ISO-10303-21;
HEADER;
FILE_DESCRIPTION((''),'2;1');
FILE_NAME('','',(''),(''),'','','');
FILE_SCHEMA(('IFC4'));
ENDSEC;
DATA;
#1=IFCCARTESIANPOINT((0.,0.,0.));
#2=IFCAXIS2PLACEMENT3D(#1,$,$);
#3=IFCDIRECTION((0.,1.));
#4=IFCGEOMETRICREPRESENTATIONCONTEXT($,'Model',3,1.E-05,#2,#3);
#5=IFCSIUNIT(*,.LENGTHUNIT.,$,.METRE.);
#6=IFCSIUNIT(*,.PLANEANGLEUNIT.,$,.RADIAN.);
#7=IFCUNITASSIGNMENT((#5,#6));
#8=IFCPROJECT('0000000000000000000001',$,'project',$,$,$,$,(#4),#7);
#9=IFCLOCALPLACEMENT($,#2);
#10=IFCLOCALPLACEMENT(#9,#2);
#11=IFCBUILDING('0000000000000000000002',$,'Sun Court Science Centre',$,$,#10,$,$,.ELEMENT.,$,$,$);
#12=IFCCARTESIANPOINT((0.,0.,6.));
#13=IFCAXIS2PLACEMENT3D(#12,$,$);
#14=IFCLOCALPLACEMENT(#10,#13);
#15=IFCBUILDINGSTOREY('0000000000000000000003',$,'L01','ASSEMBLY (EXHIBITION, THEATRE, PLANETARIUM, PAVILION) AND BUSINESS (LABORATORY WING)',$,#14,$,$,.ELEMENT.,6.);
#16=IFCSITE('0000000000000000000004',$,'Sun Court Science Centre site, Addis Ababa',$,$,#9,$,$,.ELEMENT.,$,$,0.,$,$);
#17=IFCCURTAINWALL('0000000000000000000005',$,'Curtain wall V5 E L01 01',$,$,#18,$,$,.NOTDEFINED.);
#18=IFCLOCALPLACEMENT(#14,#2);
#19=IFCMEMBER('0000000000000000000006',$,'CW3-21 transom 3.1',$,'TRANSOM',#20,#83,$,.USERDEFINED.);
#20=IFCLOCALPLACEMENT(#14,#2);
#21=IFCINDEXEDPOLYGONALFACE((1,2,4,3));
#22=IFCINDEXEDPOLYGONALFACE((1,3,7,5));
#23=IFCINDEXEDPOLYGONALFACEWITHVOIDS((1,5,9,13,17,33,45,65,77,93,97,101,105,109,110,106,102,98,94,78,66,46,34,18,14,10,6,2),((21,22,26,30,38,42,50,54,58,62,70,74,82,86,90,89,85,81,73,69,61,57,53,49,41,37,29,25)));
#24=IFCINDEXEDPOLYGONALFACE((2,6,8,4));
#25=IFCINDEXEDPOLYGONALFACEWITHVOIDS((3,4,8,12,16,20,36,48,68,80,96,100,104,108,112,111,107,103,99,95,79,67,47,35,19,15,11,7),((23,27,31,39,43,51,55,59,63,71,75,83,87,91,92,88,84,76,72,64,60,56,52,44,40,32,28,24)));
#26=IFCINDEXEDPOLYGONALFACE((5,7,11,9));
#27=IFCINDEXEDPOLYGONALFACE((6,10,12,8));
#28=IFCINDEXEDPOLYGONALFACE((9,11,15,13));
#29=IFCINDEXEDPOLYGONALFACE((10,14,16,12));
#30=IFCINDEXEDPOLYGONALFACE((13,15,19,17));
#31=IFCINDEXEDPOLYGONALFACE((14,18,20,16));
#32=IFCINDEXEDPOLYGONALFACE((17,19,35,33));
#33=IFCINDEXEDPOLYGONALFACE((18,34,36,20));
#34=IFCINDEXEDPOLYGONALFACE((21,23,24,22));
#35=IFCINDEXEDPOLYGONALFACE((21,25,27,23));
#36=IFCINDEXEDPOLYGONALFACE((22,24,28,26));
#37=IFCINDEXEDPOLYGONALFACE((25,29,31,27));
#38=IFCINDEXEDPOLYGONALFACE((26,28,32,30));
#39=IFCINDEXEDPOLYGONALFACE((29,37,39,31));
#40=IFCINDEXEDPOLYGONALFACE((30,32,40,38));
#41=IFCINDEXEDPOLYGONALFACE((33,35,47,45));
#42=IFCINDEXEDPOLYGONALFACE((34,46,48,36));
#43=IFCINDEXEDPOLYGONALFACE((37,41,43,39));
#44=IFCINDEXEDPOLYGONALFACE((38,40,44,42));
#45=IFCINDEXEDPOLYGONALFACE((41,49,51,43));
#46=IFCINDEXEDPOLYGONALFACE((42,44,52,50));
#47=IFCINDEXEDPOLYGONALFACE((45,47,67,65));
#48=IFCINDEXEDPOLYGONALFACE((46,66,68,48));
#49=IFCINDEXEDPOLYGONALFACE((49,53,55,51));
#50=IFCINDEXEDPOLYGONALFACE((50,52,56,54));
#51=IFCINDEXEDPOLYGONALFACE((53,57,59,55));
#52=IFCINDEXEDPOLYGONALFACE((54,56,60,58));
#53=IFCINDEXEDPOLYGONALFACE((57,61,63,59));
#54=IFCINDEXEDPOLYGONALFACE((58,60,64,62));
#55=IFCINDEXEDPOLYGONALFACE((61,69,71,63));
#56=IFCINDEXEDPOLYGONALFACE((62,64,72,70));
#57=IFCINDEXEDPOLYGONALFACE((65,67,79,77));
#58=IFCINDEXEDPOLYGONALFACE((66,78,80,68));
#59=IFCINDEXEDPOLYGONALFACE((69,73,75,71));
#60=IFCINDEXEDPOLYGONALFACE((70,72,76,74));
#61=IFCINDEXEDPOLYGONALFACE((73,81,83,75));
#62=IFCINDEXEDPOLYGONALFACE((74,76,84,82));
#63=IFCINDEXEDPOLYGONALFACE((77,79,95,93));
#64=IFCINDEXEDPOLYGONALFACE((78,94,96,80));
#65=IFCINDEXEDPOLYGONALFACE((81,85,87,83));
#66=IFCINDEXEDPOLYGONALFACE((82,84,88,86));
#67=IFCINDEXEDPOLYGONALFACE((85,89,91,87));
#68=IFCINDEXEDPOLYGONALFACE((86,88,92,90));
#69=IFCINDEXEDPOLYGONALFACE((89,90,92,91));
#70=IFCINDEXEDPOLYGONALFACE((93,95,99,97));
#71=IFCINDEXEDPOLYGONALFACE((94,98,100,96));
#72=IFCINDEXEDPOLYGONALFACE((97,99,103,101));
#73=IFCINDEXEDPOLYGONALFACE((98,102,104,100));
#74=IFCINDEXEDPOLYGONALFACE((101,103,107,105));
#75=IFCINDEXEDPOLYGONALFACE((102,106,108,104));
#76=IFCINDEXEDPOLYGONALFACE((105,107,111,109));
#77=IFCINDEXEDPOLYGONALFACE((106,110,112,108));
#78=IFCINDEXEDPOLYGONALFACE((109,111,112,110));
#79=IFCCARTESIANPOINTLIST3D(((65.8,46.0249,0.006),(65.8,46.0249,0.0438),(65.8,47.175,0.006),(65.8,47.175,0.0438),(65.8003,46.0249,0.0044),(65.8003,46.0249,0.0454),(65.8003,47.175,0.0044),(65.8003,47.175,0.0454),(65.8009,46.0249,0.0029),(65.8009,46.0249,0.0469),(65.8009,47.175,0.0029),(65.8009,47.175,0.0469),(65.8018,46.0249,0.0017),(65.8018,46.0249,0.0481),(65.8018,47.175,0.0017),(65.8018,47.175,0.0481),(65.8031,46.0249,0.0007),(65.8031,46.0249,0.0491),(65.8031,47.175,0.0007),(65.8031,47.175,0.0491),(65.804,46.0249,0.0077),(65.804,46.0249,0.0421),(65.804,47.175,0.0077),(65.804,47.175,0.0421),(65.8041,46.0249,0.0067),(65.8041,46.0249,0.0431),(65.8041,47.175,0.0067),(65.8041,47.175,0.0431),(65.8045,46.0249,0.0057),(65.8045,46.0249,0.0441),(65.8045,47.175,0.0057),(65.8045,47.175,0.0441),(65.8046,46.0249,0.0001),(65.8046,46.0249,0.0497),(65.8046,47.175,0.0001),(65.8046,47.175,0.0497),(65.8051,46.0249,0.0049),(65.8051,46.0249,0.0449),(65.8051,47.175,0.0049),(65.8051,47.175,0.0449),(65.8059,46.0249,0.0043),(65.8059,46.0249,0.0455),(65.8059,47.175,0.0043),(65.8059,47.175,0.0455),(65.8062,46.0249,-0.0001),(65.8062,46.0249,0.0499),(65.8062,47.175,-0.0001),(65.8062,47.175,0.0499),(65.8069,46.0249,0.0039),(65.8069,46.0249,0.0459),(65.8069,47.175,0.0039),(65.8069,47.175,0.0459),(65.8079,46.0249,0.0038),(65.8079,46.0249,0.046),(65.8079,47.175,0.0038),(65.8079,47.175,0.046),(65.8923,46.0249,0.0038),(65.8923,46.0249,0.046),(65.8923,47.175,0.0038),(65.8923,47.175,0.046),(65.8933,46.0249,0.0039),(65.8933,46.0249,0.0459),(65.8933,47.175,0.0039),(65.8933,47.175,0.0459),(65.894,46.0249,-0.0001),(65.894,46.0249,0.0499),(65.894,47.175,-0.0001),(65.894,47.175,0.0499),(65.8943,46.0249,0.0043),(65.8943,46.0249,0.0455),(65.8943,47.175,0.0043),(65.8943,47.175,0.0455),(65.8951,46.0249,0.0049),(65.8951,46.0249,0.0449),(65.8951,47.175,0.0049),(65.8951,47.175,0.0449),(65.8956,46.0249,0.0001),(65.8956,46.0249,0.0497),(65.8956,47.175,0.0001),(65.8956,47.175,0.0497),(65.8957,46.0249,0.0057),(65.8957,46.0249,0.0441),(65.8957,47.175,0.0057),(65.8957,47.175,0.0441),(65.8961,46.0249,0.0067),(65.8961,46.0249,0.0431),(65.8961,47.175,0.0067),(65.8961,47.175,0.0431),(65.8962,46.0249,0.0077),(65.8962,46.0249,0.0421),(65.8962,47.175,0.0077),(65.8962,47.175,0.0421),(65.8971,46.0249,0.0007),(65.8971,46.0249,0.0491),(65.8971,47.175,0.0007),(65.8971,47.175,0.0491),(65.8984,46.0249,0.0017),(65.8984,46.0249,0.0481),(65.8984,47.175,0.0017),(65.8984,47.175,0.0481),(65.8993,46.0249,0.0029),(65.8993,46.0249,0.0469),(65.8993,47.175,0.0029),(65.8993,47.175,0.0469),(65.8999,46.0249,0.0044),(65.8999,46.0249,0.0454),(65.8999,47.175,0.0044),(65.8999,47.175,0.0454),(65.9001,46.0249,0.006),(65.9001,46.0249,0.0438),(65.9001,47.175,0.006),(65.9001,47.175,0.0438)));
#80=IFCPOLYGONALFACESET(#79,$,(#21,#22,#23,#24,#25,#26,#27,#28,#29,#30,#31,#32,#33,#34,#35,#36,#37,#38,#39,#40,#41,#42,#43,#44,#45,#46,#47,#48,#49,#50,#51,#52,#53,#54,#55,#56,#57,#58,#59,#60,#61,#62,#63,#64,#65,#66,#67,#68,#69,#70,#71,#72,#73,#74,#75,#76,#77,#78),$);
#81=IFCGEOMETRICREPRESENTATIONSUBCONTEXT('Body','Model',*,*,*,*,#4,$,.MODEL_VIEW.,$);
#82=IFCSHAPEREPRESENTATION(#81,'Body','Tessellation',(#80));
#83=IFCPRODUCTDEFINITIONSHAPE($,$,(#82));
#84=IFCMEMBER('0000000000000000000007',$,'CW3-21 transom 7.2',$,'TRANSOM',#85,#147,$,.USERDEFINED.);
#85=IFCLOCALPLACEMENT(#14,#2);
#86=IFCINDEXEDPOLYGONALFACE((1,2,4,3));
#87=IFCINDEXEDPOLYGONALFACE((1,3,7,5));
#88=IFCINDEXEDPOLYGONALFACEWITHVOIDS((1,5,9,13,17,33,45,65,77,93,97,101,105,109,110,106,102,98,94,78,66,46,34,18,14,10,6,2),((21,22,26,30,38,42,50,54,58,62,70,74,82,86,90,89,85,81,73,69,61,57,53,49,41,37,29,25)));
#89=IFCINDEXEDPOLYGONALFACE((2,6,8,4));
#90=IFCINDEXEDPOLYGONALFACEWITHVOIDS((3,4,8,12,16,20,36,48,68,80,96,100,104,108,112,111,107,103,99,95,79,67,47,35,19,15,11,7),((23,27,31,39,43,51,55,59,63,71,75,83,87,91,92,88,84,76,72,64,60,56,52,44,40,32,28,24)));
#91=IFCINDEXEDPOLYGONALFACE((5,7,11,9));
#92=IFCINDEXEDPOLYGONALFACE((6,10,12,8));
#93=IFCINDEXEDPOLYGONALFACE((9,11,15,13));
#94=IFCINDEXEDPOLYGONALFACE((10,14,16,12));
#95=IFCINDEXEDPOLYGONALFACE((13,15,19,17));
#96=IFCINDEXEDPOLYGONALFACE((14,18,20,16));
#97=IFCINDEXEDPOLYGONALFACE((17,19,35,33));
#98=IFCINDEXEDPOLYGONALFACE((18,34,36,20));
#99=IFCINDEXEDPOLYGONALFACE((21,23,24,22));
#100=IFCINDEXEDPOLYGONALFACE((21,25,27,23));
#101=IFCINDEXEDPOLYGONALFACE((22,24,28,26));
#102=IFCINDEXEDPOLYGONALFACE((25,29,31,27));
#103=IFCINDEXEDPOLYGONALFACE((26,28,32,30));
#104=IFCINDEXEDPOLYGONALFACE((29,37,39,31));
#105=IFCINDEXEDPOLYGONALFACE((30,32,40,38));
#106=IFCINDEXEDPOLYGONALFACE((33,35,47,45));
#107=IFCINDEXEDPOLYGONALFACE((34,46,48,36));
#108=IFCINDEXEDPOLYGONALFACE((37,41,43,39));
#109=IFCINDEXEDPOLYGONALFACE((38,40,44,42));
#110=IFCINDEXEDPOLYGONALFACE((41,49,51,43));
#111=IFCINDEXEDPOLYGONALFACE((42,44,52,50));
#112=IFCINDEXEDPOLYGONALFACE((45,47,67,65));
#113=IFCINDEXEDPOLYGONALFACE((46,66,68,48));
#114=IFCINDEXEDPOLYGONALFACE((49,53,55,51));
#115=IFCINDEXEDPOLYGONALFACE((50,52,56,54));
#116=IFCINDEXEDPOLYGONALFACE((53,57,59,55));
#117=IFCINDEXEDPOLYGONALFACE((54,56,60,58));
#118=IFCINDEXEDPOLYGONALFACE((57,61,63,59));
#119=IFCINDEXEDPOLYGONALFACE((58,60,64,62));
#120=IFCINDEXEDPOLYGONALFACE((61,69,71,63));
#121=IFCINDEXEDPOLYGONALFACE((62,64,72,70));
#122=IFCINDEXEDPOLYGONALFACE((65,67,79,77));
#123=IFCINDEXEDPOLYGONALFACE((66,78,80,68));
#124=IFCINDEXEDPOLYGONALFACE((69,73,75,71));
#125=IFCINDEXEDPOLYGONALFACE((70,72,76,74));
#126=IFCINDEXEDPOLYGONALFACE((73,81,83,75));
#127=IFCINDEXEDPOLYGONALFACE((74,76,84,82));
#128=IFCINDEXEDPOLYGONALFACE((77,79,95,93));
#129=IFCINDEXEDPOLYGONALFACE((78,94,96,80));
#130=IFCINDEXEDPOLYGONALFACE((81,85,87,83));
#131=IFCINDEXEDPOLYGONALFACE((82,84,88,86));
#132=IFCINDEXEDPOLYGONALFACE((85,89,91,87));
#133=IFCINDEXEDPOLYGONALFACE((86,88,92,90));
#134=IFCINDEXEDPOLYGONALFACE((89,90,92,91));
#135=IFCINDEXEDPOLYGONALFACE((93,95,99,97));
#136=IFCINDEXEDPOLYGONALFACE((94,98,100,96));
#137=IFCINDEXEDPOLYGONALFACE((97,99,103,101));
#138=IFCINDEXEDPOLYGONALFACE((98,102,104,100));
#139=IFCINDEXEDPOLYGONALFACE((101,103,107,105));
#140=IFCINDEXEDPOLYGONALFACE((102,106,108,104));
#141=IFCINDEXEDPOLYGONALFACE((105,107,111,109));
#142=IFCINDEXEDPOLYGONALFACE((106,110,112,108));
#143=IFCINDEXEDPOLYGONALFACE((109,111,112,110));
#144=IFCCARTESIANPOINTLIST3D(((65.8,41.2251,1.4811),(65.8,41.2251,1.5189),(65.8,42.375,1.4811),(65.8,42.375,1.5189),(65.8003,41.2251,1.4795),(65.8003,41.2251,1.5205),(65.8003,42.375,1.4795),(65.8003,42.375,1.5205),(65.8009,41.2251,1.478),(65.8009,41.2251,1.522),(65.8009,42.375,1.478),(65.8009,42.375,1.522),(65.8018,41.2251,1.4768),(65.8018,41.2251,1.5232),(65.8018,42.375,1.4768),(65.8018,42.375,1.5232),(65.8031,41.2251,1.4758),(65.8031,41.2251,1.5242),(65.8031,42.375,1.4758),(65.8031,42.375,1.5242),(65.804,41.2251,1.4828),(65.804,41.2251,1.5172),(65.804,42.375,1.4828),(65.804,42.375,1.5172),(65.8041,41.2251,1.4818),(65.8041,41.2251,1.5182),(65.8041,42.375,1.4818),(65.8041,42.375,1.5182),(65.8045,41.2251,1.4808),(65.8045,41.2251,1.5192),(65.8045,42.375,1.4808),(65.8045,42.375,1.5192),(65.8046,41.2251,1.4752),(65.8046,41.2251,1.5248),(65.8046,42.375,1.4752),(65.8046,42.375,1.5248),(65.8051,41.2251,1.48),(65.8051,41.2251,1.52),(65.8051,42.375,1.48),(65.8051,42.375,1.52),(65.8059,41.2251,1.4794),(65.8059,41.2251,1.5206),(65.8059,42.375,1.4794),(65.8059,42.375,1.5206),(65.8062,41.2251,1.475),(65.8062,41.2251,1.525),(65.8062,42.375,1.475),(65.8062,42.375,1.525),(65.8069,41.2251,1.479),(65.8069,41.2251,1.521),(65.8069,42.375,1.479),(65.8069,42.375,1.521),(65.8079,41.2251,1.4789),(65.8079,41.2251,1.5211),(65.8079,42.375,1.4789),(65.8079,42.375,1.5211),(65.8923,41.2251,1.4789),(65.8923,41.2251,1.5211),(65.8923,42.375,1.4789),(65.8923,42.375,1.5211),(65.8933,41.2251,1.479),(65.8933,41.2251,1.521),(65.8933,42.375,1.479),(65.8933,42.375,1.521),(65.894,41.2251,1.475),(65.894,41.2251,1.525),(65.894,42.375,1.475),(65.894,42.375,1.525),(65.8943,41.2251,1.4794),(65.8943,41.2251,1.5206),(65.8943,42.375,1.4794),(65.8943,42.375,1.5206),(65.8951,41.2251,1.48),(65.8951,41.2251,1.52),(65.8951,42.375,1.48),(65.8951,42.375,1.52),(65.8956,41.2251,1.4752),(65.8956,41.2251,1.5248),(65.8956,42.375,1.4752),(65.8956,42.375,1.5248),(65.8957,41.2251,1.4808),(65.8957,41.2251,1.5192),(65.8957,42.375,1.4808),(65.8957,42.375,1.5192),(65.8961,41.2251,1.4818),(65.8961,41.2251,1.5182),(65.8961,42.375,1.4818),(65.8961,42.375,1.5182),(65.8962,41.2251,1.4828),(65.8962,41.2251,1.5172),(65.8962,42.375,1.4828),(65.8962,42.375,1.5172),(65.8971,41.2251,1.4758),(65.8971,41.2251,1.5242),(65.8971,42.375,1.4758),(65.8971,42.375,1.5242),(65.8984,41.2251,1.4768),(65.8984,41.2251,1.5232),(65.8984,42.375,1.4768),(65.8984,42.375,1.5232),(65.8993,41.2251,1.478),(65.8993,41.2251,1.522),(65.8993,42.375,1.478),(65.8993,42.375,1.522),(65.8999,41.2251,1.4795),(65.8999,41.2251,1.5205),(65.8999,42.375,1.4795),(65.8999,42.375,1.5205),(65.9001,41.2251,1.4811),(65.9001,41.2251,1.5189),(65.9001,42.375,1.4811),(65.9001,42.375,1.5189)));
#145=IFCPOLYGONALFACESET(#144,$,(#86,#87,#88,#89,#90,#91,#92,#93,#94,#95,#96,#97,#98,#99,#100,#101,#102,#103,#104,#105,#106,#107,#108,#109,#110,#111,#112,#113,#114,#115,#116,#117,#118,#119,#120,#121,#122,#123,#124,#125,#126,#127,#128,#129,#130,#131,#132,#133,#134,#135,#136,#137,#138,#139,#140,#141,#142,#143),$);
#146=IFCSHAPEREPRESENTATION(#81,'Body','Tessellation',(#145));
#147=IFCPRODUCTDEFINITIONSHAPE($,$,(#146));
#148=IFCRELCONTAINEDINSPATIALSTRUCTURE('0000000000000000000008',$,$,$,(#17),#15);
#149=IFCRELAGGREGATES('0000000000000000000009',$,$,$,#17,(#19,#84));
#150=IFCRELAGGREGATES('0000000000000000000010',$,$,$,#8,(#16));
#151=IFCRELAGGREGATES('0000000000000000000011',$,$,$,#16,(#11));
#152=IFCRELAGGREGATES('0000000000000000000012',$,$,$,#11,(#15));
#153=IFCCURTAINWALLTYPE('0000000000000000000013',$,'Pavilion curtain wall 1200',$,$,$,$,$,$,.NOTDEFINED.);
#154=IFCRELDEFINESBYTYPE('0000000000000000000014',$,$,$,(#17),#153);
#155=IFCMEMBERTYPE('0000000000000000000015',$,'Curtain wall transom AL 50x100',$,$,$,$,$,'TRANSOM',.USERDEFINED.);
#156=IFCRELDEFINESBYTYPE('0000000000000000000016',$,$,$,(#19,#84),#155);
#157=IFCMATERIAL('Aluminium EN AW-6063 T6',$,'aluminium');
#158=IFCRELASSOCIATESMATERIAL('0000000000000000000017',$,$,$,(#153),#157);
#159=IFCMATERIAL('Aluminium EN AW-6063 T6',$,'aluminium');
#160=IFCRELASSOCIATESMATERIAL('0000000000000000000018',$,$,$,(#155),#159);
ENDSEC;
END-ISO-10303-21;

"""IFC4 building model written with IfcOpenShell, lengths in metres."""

from ifc_helpers import new_model, si_unit, direction, frame, origin, origin_2d, place, context, subcontext, project, spatial, hollow_rectangle, extrude, material, material_profile, profile_set, type_object, element, aggregate, save


model = new_model("IFC4")

# Units and contexts
model_context = context("Model", 3, precision=1e-05, world=origin(), true_north=direction((0.0, 1.0)))
body_context = subcontext(model_context, "Body", "Model", "MODEL_VIEW")
ifc_project = project(units=[si_unit("LENGTHUNIT", "METRE"), si_unit("PLANEANGLEUNIT", "RADIAN")], contexts=[model_context])

# Site, building, storey
site_placement = place(None, origin())
site = spatial("IfcSite", under=ifc_project, at=site_placement, Name="Sun Court Science Centre site, Addis Ababa", CompositionType="ELEMENT", RefElevation=0.0)
building_placement = place(site_placement, origin())
building = spatial("IfcBuilding", under=site, at=building_placement, Name="Sun Court Science Centre", CompositionType="ELEMENT")
storey_placement = place(building_placement, frame((0.0, 0.0, 6.0)))
storey = spatial("IfcBuildingStorey", under=building, at=storey_placement, Name="L01", Description="ASSEMBLY (EXHIBITION, THEATRE, PLANETARIUM, PAVILION) AND BUSINESS (LABORATORY WING)", CompositionType="ELEMENT", Elevation=6.0)

# Curtain wall, members
ifc_material_1 = material(Name="Aluminium EN AW-6063 T6", Category="aluminium")
curtain_wall_type = type_object("IfcCurtainWallType", Name="Pavilion curtain wall 1200", PredefinedType="NOTDEFINED", material=ifc_material_1)
curtain_wall_placement = place(storey_placement, origin())
curtain_wall = element("IfcCurtainWall", 1, at=curtain_wall_placement, inside=storey, type_object=curtain_wall_type, Name="Curtain wall V5 E L01 01", PredefinedType="NOTDEFINED")
ifc_material_2 = material(Name="Aluminium EN AW-6063 T6", Category="aluminium")
ifc_material_profile_1 = material_profile(ifc_material_2, hollow_rectangle(XDim=0.05, YDim=0.1001, WallThickness=0.0039, InnerFilletRadius=0.0039, OuterFilletRadius=0.0061, at=origin_2d()), Name="AL 50x100x4")
ifc_profile_set_1 = profile_set([ifc_material_profile_1], Name="Aluminium EN AW-6063 T6")
member_type_1 = type_object("IfcMemberType", Name="Curtain wall transom AL 50x100", ElementType="TRANSOM", PredefinedType="USERDEFINED", material=ifc_profile_set_1)
member_1_placement = place(storey_placement, frame((65.8501, 47.175, 0.0249), z_axis=(0.0, -1.0, 0.0), x_axis=(0.0, 0.0, 1.0)))
member_1 = element("IfcMember", 2, at=member_1_placement, type_object=member_type_1, Name="CW3-21 transom 3.1", ObjectType="TRANSOM", PredefinedType="USERDEFINED", context=body_context, shape_type="SweptSolid", body=[
    extrude(hollow_rectangle(XDim=0.05, YDim=0.1001, WallThickness=0.0039, InnerFilletRadius=0.0039, OuterFilletRadius=0.0061, at=origin_2d()), origin(), (0.0, 0.0, 1.0), 1.1501),
])
member_2_placement = place(storey_placement, frame((65.8501, 42.375, 1.5), z_axis=(0.0, -1.0, 0.0), x_axis=(0.0, 0.0, 1.0)))
member_2 = element("IfcMember", 3, at=member_2_placement, type_object=member_type_1, Name="CW3-21 transom 7.2", ObjectType="TRANSOM", PredefinedType="USERDEFINED", context=body_context, shape_type="SweptSolid", body=[
    extrude(hollow_rectangle(XDim=0.05, YDim=0.1001, WallThickness=0.0039, InnerFilletRadius=0.0039, OuterFilletRadius=0.0061, at=origin_2d()), origin(), (0.0, 0.0, 1.0), 1.1499),
])
aggregate(curtain_wall, [member_1, member_2])

save(model, "model.ifc")
